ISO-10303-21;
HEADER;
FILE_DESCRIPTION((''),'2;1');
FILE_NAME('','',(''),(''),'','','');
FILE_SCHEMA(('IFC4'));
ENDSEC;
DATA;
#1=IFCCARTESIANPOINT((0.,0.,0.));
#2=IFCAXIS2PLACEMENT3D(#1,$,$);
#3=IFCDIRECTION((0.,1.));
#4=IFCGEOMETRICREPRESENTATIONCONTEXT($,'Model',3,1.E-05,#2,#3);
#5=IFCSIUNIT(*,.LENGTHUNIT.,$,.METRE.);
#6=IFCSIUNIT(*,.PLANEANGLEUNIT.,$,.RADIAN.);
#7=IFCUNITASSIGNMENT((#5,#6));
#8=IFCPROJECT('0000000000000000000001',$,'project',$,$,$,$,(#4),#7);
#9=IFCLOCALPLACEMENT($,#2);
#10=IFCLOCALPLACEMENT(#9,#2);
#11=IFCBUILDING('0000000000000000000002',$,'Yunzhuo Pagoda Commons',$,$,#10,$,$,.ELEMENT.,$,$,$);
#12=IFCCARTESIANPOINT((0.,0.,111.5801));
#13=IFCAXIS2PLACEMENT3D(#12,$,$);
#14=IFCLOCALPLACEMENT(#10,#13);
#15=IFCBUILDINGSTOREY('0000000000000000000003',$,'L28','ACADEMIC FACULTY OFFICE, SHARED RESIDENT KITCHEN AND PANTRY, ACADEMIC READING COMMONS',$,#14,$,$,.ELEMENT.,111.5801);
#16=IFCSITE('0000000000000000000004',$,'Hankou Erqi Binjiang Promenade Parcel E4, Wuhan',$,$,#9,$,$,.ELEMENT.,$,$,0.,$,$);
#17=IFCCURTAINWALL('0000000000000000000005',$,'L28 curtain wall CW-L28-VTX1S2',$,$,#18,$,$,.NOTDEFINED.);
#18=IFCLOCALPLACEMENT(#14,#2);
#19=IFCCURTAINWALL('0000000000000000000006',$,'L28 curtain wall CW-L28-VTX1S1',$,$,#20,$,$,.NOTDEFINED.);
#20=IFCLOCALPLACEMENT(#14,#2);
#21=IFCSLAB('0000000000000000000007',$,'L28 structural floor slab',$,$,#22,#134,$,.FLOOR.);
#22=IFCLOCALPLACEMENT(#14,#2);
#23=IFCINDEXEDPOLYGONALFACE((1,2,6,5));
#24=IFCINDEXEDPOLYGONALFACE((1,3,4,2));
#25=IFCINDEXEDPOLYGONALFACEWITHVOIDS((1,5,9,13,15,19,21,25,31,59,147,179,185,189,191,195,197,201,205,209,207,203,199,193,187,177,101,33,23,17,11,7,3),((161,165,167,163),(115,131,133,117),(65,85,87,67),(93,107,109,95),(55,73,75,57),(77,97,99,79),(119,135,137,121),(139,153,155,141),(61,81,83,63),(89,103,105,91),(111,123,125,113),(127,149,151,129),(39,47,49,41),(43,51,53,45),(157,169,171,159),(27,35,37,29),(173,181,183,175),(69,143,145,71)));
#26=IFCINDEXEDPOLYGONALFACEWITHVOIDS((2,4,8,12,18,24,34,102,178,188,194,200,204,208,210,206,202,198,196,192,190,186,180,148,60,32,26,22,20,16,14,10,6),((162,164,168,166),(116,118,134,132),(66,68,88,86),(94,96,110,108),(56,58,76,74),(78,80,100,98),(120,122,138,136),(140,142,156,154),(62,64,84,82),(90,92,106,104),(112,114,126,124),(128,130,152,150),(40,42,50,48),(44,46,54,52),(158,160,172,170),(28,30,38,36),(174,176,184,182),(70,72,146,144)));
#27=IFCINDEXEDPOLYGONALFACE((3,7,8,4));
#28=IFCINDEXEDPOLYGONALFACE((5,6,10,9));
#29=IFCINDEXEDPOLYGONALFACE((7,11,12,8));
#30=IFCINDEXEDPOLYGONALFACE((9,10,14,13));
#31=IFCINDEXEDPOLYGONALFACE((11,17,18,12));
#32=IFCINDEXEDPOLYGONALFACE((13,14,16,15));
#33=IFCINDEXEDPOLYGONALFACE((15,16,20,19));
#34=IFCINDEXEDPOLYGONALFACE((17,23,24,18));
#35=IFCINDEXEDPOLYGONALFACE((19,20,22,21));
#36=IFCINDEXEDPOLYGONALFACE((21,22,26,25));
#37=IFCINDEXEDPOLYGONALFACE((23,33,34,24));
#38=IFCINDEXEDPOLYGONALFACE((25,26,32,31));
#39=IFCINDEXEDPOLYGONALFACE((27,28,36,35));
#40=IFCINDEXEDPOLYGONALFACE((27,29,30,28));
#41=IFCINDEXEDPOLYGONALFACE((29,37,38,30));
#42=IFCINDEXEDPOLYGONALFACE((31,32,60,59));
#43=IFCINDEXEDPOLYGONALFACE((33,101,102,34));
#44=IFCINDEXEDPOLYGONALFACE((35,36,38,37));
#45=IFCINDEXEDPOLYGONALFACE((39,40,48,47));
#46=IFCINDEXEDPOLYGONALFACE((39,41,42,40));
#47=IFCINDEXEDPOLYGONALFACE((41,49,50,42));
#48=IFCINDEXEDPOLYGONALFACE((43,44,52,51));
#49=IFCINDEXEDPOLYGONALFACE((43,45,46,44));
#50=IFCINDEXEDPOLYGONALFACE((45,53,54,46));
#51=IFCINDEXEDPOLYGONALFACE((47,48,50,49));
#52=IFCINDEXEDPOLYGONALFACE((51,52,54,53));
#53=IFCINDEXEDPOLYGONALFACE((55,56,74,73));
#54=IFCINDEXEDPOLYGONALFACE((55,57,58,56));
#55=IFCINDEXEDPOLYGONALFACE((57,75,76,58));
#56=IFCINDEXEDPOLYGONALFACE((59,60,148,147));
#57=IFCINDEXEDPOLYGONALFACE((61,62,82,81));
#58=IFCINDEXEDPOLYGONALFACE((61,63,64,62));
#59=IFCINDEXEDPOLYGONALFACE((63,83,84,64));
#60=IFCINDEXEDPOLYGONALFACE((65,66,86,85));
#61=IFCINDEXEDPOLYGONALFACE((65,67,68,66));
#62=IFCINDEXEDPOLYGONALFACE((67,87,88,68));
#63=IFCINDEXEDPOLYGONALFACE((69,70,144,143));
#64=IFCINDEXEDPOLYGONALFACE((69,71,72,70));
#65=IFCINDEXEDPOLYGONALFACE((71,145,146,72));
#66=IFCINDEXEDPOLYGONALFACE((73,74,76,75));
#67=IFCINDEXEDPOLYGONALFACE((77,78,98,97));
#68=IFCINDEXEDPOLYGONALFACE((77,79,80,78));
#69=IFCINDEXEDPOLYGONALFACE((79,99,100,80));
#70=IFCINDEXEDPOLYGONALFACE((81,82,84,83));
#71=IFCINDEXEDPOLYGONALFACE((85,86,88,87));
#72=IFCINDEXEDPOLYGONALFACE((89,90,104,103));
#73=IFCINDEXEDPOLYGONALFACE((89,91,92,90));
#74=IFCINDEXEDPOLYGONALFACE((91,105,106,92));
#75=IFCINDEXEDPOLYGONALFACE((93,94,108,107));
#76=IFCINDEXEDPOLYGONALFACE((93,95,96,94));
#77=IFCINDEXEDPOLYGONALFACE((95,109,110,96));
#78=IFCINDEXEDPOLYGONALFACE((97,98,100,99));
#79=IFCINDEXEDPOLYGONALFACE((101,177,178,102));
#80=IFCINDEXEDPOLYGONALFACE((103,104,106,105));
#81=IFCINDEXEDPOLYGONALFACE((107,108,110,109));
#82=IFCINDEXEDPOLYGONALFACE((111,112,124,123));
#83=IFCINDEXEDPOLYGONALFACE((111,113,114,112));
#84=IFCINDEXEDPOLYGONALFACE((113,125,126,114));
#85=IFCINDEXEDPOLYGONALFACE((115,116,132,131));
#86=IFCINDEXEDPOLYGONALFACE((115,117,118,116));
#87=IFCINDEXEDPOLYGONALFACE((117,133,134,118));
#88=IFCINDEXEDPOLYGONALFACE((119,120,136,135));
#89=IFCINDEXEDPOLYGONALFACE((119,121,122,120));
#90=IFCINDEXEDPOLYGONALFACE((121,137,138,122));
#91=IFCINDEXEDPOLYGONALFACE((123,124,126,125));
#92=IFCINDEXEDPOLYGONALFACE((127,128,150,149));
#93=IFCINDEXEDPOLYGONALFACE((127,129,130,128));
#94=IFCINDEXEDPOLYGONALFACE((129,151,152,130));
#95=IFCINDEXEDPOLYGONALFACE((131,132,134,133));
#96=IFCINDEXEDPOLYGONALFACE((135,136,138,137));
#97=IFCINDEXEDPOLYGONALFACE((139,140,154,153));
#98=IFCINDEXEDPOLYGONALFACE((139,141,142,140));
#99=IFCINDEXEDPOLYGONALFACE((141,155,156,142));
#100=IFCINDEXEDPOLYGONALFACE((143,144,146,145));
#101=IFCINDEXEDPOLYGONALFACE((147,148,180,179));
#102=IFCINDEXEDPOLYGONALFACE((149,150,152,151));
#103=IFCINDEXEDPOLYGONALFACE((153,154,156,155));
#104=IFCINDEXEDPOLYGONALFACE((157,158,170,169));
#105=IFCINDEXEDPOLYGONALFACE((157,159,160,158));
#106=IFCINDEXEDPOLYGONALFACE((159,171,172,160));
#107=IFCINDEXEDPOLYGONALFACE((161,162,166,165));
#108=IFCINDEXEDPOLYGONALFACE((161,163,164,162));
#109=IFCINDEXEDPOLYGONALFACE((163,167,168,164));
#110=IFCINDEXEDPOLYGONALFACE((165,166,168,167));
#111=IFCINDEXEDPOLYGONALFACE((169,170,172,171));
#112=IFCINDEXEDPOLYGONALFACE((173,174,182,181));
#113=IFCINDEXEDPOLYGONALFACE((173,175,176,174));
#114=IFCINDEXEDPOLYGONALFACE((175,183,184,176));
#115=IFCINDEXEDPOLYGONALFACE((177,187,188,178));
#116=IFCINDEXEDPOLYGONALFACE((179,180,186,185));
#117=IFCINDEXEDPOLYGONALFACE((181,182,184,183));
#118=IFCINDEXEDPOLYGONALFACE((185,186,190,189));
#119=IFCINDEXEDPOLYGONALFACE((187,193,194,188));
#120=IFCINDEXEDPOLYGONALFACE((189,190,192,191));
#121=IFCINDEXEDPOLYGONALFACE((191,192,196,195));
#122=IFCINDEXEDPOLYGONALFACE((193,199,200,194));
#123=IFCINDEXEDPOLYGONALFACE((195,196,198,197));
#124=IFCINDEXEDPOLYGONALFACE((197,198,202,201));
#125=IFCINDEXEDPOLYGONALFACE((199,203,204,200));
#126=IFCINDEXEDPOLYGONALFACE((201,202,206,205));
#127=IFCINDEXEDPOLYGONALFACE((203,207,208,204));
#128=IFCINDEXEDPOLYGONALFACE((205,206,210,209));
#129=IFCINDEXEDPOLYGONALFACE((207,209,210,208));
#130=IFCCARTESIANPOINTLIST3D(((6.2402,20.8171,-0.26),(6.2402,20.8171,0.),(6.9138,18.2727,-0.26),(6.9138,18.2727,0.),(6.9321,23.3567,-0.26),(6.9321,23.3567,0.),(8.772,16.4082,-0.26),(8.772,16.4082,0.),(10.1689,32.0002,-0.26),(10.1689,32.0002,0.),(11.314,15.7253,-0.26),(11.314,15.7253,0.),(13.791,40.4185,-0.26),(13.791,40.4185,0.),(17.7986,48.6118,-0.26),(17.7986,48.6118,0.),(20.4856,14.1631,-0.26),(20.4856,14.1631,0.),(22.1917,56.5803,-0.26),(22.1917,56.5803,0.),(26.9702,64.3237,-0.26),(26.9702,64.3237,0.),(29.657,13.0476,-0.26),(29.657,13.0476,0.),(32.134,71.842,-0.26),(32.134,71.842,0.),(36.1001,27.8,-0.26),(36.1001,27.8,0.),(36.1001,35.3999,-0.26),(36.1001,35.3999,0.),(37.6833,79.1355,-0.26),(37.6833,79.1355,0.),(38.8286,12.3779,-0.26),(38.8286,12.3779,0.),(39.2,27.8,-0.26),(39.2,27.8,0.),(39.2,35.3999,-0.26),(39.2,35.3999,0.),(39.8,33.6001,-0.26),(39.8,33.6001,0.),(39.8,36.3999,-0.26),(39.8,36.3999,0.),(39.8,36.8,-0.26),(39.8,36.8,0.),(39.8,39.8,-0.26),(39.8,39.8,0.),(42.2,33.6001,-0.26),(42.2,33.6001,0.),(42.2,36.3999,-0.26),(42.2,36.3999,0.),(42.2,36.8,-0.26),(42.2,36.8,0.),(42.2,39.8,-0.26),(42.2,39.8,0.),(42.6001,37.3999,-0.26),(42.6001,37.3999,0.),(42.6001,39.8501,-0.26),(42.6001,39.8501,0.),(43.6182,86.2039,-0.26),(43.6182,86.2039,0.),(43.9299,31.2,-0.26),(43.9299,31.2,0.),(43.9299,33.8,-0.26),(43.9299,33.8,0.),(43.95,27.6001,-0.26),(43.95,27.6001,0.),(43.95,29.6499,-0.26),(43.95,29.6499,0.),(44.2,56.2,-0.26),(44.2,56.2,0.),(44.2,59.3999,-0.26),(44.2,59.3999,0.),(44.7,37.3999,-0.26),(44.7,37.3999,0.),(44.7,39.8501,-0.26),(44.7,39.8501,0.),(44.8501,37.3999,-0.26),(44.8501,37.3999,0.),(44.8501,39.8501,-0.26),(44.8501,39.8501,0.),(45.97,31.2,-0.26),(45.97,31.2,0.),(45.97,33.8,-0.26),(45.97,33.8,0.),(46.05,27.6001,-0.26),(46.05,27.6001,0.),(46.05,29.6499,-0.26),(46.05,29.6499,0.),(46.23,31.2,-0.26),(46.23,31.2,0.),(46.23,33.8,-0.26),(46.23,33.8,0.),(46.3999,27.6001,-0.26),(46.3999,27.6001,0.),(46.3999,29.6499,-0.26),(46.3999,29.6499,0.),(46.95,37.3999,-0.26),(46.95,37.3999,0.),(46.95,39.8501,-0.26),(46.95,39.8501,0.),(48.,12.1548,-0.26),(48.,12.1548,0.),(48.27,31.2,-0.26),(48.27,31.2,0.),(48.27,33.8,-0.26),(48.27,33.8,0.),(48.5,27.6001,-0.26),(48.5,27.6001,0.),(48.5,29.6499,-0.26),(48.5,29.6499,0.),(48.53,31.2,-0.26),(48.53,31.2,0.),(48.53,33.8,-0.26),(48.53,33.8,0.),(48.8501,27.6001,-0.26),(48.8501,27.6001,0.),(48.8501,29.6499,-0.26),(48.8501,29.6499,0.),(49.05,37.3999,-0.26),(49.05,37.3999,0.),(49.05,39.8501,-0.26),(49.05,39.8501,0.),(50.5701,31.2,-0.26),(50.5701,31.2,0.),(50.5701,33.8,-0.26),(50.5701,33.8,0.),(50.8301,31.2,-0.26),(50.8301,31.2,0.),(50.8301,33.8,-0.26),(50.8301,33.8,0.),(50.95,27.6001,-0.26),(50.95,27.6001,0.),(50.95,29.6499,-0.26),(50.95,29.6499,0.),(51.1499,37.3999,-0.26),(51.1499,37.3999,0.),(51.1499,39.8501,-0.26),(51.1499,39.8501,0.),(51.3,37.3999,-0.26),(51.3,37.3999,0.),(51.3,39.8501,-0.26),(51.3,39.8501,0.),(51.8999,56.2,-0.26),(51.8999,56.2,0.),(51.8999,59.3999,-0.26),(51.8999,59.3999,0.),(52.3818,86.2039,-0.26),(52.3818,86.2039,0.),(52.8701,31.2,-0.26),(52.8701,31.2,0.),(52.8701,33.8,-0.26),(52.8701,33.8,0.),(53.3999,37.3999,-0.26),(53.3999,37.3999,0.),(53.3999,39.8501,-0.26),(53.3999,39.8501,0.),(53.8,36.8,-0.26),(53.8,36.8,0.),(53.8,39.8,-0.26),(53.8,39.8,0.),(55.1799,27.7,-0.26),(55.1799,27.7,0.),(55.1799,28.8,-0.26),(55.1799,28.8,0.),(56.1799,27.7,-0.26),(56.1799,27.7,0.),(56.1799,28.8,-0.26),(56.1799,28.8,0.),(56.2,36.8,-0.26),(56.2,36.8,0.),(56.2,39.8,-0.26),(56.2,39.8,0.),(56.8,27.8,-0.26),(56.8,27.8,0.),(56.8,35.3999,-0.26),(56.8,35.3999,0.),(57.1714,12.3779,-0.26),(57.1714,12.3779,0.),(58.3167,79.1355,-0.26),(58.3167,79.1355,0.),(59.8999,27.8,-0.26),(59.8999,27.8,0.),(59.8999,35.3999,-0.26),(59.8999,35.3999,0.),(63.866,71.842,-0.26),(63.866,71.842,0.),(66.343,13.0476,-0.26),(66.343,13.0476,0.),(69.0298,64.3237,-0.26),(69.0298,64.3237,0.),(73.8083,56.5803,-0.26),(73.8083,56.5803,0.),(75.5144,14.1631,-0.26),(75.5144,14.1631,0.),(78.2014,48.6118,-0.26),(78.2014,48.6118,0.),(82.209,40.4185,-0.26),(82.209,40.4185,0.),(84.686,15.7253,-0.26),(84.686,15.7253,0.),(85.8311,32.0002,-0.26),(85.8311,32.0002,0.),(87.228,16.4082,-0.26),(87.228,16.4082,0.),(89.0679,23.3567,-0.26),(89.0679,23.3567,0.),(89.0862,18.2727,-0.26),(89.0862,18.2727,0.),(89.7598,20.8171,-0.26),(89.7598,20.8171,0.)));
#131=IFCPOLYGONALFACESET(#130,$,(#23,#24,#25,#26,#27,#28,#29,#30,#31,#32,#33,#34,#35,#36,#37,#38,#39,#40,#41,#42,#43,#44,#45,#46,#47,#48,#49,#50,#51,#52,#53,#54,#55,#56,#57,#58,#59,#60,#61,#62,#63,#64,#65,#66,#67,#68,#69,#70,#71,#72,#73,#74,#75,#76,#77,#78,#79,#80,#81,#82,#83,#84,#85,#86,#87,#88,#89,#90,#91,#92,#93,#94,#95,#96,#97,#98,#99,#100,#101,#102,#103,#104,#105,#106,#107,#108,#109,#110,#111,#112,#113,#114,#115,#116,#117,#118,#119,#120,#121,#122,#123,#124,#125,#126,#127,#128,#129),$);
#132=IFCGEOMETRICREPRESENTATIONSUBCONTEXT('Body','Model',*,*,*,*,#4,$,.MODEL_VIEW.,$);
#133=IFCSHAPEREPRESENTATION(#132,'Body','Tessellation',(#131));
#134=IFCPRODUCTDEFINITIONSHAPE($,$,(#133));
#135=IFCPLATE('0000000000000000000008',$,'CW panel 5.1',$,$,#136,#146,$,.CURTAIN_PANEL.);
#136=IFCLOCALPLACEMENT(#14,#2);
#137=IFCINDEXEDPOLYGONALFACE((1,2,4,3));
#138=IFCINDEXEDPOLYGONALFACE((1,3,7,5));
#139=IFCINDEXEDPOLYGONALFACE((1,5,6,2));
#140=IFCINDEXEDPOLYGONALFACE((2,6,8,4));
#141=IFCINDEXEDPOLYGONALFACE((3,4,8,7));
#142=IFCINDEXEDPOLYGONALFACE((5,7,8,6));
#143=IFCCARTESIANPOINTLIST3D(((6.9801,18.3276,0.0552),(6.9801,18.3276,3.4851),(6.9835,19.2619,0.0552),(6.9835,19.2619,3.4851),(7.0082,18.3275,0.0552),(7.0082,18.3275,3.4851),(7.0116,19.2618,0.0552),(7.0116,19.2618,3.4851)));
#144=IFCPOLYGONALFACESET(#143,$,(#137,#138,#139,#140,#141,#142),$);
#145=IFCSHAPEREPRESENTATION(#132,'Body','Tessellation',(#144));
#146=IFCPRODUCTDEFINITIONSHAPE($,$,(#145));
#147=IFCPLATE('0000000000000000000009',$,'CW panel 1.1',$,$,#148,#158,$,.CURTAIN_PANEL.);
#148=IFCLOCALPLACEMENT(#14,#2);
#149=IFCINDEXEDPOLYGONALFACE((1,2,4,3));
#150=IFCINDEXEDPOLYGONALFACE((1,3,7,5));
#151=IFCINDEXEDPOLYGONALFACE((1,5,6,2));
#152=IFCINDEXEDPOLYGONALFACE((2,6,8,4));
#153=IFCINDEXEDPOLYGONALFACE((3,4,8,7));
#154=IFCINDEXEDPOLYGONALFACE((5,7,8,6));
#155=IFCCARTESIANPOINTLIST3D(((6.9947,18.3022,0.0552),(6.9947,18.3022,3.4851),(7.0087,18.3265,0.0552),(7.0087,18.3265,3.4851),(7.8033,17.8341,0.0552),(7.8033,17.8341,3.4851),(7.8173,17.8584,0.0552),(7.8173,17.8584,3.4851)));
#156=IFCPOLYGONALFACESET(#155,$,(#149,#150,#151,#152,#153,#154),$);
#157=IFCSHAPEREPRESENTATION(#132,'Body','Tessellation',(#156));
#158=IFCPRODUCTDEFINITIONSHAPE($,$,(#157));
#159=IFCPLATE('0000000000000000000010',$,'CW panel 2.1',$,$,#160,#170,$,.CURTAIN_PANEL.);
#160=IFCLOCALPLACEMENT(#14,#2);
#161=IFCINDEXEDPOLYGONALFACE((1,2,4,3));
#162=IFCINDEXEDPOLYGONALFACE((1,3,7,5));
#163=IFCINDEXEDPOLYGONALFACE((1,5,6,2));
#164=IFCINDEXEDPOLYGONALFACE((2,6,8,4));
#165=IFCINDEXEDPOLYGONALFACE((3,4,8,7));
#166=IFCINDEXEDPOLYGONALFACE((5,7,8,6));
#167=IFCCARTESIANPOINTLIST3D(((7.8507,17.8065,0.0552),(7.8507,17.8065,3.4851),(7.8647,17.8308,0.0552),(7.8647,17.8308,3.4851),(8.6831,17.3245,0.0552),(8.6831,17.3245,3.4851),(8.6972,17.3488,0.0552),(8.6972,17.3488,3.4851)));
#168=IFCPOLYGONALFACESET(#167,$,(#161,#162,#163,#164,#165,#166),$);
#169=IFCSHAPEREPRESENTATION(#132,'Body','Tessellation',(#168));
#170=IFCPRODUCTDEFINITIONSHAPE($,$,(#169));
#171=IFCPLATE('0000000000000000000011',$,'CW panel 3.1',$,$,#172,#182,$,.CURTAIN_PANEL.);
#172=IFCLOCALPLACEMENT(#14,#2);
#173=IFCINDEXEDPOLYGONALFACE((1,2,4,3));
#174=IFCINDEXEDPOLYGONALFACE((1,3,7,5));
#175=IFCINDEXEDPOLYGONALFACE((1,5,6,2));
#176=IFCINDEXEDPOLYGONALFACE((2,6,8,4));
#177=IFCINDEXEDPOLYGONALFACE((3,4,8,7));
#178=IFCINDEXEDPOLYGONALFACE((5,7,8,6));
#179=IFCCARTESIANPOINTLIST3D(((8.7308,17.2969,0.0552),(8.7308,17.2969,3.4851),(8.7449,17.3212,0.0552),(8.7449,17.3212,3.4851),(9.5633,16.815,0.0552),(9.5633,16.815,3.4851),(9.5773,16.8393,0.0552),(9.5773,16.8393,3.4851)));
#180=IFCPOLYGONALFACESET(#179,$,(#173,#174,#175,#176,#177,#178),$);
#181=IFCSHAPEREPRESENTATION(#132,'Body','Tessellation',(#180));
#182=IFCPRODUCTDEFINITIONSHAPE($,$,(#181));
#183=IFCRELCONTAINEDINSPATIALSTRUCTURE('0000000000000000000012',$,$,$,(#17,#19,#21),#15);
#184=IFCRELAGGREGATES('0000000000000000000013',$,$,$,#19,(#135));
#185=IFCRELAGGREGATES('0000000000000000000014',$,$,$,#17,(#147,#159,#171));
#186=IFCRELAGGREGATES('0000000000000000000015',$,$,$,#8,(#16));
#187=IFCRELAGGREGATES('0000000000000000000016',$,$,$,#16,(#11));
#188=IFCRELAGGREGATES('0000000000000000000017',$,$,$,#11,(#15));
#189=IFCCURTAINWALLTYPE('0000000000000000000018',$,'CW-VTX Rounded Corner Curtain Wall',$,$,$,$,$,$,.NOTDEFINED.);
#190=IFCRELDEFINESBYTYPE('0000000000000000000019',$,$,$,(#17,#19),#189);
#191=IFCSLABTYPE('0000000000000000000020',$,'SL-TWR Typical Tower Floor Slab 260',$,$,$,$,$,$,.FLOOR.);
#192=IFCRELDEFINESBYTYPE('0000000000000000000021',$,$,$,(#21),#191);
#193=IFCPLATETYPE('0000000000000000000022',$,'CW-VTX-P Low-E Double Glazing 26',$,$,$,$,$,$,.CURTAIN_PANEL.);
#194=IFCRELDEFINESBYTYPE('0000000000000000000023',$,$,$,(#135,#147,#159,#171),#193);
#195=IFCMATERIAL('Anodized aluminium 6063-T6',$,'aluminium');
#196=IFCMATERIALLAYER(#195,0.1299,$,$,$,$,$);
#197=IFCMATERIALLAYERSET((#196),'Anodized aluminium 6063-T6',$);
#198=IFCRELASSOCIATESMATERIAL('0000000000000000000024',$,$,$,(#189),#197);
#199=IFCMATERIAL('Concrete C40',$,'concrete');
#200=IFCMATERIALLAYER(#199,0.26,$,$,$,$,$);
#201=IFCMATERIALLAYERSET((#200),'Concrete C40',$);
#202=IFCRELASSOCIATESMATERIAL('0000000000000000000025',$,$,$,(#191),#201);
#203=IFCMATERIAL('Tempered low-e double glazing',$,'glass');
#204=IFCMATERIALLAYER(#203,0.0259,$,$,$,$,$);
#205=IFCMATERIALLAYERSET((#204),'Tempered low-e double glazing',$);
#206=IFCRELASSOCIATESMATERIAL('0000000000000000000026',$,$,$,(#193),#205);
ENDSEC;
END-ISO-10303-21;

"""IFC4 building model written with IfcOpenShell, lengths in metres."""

from ifc_helpers import new_model, si_unit, direction, frame, origin, origin_2d, place, context, subcontext, project, spatial, polyline, rectangle, outline, extrude, source, transform, mapped, material, layer, layer_set, type_object, element, aggregate, save


model = new_model("IFC4")

# Units and contexts
model_context = context("Model", 3, precision=1e-05, world=origin(), true_north=direction((0.0, 1.0)))
body_context = subcontext(model_context, "Body", "Model", "MODEL_VIEW")
ifc_project = project(units=[si_unit("LENGTHUNIT", "METRE"), si_unit("PLANEANGLEUNIT", "RADIAN")], contexts=[model_context])

# Site, building, storey
site_placement = place(None, origin())
site = spatial("IfcSite", under=ifc_project, at=site_placement, Name="Hankou Erqi Binjiang Promenade Parcel E4, Wuhan", CompositionType="ELEMENT", RefElevation=0.0)
building_placement = place(site_placement, origin())
building = spatial("IfcBuilding", under=site, at=building_placement, Name="Yunzhuo Pagoda Commons", CompositionType="ELEMENT")
storey_placement = place(building_placement, frame((0.0, 0.0, 111.5801)))
storey = spatial("IfcBuildingStorey", under=building, at=storey_placement, Name="L28", Description="ACADEMIC FACULTY OFFICE, SHARED RESIDENT KITCHEN AND PANTRY, ACADEMIC READING COMMONS", CompositionType="ELEMENT", Elevation=111.5801)

# Curtain wall
ifc_material_1 = material(Name="Anodized aluminium 6063-T6", Category="aluminium")
ifc_layer_1 = layer(ifc_material_1, 0.1299)
ifc_layer_set_1 = layer_set([ifc_layer_1], Name="Anodized aluminium 6063-T6")
curtain_wall_type = type_object("IfcCurtainWallType", Name="CW-VTX Rounded Corner Curtain Wall", PredefinedType="NOTDEFINED", material=ifc_layer_set_1)
curtain_wall_1_placement = place(storey_placement, origin())
curtain_wall_1 = element("IfcCurtainWall", 1, at=curtain_wall_1_placement, inside=storey, type_object=curtain_wall_type, Name="L28 curtain wall CW-L28-VTX1S2", PredefinedType="NOTDEFINED")

# Curtain wall
curtain_wall_2_placement = place(storey_placement, origin())
curtain_wall_2 = element("IfcCurtainWall", 2, at=curtain_wall_2_placement, inside=storey, type_object=curtain_wall_type, Name="L28 curtain wall CW-L28-VTX1S1", PredefinedType="NOTDEFINED")

# Shared definitions
ifc_material_2 = material(Name="Concrete C40", Category="concrete")

# Slab
ifc_layer_2 = layer(ifc_material_2, 0.26)
ifc_layer_set_2 = layer_set([ifc_layer_2], Name="Concrete C40")
slab_type_1 = type_object("IfcSlabType", Name="SL-TWR Typical Tower Floor Slab 260", PredefinedType="FLOOR", material=ifc_layer_set_2)
slab_1_placement = place(storey_placement, frame((0.0, 0.0, -0.26)))
element("IfcSlab", 3, at=slab_1_placement, inside=storey, type_object=slab_type_1, Name="L28 structural floor slab", PredefinedType="FLOOR", context=body_context, shape_type="SweptSolid", body=[
    extrude(outline(polyline([(10.1689, 32.0002), (13.791, 40.4185), (17.7986, 48.6118), (22.1917, 56.5803), (26.9702, 64.3237), (32.134, 71.842), (37.6833, 79.1355), (43.6182, 86.2039), (52.3818, 86.2039), (58.3167, 79.1355), (63.866, 71.842), (69.0298, 64.3237), (73.8083, 56.5803), (78.2014, 48.6118), (82.209, 40.4185), (85.8311, 32.0002), (89.0679, 23.3567), (89.7598, 20.8171), (89.0862, 18.2727), (87.228, 16.4082), (84.686, 15.7253), (75.5144, 14.1631), (66.343, 13.0476), (57.1714, 12.3779), (48.0, 12.1548), (38.8286, 12.3779), (29.657, 13.0476), (20.4856, 14.1631), (11.314, 15.7253), (8.772, 16.4082), (6.9138, 18.2727), (6.2402, 20.8171), (6.9321, 23.3567), (10.1689, 32.0002)]), holes=[polyline([(46.05, 27.6001), (46.05, 29.6499), (43.95, 29.6499), (43.95, 27.6001), (46.05, 27.6001)]), polyline([(48.5, 27.6001), (48.5, 29.6499), (46.3999, 29.6499), (46.3999, 27.6001), (48.5, 27.6001)]), polyline([(36.1001, 27.8), (39.2, 27.8), (39.2, 35.3999), (36.1001, 35.3999), (36.1001, 27.8)]), polyline([(45.97, 31.2), (45.97, 33.8), (43.9299, 33.8), (43.9299, 31.2), (45.97, 31.2)]), polyline([(48.27, 31.2), (48.27, 33.8), (46.23, 33.8), (46.23, 31.2), (48.27, 31.2)]), polyline([(42.2, 33.6001), (42.2, 36.3999), (39.8, 36.3999), (39.8, 33.6001), (42.2, 33.6001)]), polyline([(42.2, 36.8), (42.2, 39.8), (39.8, 39.8), (39.8, 36.8), (42.2, 36.8)]), polyline([(42.6001, 37.3999), (44.7, 37.3999), (44.7, 39.8501), (42.6001, 39.8501), (42.6001, 37.3999)]), polyline([(44.8501, 37.3999), (46.95, 37.3999), (46.95, 39.8501), (44.8501, 39.8501), (44.8501, 37.3999)]), polyline([(56.1799, 27.7), (56.1799, 28.8), (55.1799, 28.8), (55.1799, 27.7), (56.1799, 27.7)]), polyline([(50.95, 27.6001), (50.95, 29.6499), (48.8501, 29.6499), (48.8501, 27.6001), (50.95, 27.6001)]), polyline([(56.8, 27.8), (59.8999, 27.8), (59.8999, 35.3999), (56.8, 35.3999), (56.8, 27.8)]), polyline([(50.5701, 31.2), (50.5701, 33.8), (48.53, 33.8), (48.53, 31.2), (50.5701, 31.2)]), polyline([(52.8701, 31.2), (52.8701, 33.8), (50.8301, 33.8), (50.8301, 31.2), (52.8701, 31.2)]), polyline([(56.2, 36.8), (56.2, 39.8), (53.8, 39.8), (53.8, 36.8), (56.2, 36.8)]), polyline([(51.1499, 37.3999), (51.1499, 39.8501), (49.05, 39.8501), (49.05, 37.3999), (51.1499, 37.3999)]), polyline([(51.3, 37.3999), (53.3999, 37.3999), (53.3999, 39.8501), (51.3, 39.8501), (51.3, 37.3999)]), polyline([(44.2, 56.2), (51.8999, 56.2), (51.8999, 59.3999), (44.2, 59.3999), (44.2, 56.2)])]), origin(), (0.0, 0.0, 1.0), 0.26),
])

# Plates
ifc_material_3 = material(Name="Tempered low-e double glazing", Category="glass")
ifc_layer_3 = layer(ifc_material_3, 0.0259)
ifc_layer_set_3 = layer_set([ifc_layer_3], Name="Tempered low-e double glazing")
plate_type = type_object("IfcPlateType", Name="CW-VTX-P Low-E Double Glazing 26", PredefinedType="CURTAIN_PANEL", material=ifc_layer_set_3)
shared_shape_1 = source(origin(), body_context, "Body", "SweptSolid", [
    extrude(rectangle(XDim=0.9343, YDim=0.0281, at=origin_2d()), origin(), (0.0, 0.0, 1.0), 3.4299),
])
plate_1_placement = place(storey_placement, frame((6.9958, 18.7947, 0.0552), z_axis=(0.0, 0.0, 1.0), x_axis=(-0.003599, -0.999994, 0.0)))
plate_1 = element("IfcPlate", 4, at=plate_1_placement, type_object=plate_type, Name="CW panel 5.1", PredefinedType="CURTAIN_PANEL", context=body_context, shape_type="MappedRepresentation", body=[
    mapped(shared_shape_1, transform((0.0, 0.0, 0.0), scale=1.0)),
])
aggregate(curtain_wall_2, [plate_1])
plate_2_placement = place(storey_placement, frame((7.406, 18.0803, 0.0552), z_axis=(0.0, 0.0, 1.0), x_axis=(0.865429, -0.501032, 0.0)))
plate_2 = element("IfcPlate", 5, at=plate_2_placement, type_object=plate_type, Name="CW panel 1.1", PredefinedType="CURTAIN_PANEL", context=body_context, shape_type="MappedRepresentation", body=[
    mapped(shared_shape_1, transform((0.0, 0.0, 0.0), scale=1.0)),
])
shared_shape_2 = source(origin(), body_context, "Body", "SweptSolid", [
    extrude(rectangle(XDim=0.9619, YDim=0.0281, at=origin_2d()), origin(), (0.0, 0.0, 1.0), 3.4299),
])
plate_3_placement = place(storey_placement, frame((8.2739, 17.5776, 0.0552), z_axis=(0.0, 0.0, 1.0), x_axis=(0.865429, -0.501032, 0.0)))
plate_3 = element("IfcPlate", 6, at=plate_3_placement, type_object=plate_type, Name="CW panel 2.1", PredefinedType="CURTAIN_PANEL", context=body_context, shape_type="MappedRepresentation", body=[
    mapped(shared_shape_2, transform((0.0, 0.0, 0.0), scale=1.0)),
])
plate_4_placement = place(storey_placement, frame((9.1541, 17.0681, 0.0552), z_axis=(0.0, 0.0, 1.0), x_axis=(0.865429, -0.501032, 0.0)))
plate_4 = element("IfcPlate", 7, at=plate_4_placement, type_object=plate_type, Name="CW panel 3.1", PredefinedType="CURTAIN_PANEL", context=body_context, shape_type="MappedRepresentation", body=[
    mapped(shared_shape_2, transform((0.0, 0.0, 0.0), scale=1.0)),
])
aggregate(curtain_wall_1, [plate_2, plate_3, plate_4])

save(model, "model.ifc")
